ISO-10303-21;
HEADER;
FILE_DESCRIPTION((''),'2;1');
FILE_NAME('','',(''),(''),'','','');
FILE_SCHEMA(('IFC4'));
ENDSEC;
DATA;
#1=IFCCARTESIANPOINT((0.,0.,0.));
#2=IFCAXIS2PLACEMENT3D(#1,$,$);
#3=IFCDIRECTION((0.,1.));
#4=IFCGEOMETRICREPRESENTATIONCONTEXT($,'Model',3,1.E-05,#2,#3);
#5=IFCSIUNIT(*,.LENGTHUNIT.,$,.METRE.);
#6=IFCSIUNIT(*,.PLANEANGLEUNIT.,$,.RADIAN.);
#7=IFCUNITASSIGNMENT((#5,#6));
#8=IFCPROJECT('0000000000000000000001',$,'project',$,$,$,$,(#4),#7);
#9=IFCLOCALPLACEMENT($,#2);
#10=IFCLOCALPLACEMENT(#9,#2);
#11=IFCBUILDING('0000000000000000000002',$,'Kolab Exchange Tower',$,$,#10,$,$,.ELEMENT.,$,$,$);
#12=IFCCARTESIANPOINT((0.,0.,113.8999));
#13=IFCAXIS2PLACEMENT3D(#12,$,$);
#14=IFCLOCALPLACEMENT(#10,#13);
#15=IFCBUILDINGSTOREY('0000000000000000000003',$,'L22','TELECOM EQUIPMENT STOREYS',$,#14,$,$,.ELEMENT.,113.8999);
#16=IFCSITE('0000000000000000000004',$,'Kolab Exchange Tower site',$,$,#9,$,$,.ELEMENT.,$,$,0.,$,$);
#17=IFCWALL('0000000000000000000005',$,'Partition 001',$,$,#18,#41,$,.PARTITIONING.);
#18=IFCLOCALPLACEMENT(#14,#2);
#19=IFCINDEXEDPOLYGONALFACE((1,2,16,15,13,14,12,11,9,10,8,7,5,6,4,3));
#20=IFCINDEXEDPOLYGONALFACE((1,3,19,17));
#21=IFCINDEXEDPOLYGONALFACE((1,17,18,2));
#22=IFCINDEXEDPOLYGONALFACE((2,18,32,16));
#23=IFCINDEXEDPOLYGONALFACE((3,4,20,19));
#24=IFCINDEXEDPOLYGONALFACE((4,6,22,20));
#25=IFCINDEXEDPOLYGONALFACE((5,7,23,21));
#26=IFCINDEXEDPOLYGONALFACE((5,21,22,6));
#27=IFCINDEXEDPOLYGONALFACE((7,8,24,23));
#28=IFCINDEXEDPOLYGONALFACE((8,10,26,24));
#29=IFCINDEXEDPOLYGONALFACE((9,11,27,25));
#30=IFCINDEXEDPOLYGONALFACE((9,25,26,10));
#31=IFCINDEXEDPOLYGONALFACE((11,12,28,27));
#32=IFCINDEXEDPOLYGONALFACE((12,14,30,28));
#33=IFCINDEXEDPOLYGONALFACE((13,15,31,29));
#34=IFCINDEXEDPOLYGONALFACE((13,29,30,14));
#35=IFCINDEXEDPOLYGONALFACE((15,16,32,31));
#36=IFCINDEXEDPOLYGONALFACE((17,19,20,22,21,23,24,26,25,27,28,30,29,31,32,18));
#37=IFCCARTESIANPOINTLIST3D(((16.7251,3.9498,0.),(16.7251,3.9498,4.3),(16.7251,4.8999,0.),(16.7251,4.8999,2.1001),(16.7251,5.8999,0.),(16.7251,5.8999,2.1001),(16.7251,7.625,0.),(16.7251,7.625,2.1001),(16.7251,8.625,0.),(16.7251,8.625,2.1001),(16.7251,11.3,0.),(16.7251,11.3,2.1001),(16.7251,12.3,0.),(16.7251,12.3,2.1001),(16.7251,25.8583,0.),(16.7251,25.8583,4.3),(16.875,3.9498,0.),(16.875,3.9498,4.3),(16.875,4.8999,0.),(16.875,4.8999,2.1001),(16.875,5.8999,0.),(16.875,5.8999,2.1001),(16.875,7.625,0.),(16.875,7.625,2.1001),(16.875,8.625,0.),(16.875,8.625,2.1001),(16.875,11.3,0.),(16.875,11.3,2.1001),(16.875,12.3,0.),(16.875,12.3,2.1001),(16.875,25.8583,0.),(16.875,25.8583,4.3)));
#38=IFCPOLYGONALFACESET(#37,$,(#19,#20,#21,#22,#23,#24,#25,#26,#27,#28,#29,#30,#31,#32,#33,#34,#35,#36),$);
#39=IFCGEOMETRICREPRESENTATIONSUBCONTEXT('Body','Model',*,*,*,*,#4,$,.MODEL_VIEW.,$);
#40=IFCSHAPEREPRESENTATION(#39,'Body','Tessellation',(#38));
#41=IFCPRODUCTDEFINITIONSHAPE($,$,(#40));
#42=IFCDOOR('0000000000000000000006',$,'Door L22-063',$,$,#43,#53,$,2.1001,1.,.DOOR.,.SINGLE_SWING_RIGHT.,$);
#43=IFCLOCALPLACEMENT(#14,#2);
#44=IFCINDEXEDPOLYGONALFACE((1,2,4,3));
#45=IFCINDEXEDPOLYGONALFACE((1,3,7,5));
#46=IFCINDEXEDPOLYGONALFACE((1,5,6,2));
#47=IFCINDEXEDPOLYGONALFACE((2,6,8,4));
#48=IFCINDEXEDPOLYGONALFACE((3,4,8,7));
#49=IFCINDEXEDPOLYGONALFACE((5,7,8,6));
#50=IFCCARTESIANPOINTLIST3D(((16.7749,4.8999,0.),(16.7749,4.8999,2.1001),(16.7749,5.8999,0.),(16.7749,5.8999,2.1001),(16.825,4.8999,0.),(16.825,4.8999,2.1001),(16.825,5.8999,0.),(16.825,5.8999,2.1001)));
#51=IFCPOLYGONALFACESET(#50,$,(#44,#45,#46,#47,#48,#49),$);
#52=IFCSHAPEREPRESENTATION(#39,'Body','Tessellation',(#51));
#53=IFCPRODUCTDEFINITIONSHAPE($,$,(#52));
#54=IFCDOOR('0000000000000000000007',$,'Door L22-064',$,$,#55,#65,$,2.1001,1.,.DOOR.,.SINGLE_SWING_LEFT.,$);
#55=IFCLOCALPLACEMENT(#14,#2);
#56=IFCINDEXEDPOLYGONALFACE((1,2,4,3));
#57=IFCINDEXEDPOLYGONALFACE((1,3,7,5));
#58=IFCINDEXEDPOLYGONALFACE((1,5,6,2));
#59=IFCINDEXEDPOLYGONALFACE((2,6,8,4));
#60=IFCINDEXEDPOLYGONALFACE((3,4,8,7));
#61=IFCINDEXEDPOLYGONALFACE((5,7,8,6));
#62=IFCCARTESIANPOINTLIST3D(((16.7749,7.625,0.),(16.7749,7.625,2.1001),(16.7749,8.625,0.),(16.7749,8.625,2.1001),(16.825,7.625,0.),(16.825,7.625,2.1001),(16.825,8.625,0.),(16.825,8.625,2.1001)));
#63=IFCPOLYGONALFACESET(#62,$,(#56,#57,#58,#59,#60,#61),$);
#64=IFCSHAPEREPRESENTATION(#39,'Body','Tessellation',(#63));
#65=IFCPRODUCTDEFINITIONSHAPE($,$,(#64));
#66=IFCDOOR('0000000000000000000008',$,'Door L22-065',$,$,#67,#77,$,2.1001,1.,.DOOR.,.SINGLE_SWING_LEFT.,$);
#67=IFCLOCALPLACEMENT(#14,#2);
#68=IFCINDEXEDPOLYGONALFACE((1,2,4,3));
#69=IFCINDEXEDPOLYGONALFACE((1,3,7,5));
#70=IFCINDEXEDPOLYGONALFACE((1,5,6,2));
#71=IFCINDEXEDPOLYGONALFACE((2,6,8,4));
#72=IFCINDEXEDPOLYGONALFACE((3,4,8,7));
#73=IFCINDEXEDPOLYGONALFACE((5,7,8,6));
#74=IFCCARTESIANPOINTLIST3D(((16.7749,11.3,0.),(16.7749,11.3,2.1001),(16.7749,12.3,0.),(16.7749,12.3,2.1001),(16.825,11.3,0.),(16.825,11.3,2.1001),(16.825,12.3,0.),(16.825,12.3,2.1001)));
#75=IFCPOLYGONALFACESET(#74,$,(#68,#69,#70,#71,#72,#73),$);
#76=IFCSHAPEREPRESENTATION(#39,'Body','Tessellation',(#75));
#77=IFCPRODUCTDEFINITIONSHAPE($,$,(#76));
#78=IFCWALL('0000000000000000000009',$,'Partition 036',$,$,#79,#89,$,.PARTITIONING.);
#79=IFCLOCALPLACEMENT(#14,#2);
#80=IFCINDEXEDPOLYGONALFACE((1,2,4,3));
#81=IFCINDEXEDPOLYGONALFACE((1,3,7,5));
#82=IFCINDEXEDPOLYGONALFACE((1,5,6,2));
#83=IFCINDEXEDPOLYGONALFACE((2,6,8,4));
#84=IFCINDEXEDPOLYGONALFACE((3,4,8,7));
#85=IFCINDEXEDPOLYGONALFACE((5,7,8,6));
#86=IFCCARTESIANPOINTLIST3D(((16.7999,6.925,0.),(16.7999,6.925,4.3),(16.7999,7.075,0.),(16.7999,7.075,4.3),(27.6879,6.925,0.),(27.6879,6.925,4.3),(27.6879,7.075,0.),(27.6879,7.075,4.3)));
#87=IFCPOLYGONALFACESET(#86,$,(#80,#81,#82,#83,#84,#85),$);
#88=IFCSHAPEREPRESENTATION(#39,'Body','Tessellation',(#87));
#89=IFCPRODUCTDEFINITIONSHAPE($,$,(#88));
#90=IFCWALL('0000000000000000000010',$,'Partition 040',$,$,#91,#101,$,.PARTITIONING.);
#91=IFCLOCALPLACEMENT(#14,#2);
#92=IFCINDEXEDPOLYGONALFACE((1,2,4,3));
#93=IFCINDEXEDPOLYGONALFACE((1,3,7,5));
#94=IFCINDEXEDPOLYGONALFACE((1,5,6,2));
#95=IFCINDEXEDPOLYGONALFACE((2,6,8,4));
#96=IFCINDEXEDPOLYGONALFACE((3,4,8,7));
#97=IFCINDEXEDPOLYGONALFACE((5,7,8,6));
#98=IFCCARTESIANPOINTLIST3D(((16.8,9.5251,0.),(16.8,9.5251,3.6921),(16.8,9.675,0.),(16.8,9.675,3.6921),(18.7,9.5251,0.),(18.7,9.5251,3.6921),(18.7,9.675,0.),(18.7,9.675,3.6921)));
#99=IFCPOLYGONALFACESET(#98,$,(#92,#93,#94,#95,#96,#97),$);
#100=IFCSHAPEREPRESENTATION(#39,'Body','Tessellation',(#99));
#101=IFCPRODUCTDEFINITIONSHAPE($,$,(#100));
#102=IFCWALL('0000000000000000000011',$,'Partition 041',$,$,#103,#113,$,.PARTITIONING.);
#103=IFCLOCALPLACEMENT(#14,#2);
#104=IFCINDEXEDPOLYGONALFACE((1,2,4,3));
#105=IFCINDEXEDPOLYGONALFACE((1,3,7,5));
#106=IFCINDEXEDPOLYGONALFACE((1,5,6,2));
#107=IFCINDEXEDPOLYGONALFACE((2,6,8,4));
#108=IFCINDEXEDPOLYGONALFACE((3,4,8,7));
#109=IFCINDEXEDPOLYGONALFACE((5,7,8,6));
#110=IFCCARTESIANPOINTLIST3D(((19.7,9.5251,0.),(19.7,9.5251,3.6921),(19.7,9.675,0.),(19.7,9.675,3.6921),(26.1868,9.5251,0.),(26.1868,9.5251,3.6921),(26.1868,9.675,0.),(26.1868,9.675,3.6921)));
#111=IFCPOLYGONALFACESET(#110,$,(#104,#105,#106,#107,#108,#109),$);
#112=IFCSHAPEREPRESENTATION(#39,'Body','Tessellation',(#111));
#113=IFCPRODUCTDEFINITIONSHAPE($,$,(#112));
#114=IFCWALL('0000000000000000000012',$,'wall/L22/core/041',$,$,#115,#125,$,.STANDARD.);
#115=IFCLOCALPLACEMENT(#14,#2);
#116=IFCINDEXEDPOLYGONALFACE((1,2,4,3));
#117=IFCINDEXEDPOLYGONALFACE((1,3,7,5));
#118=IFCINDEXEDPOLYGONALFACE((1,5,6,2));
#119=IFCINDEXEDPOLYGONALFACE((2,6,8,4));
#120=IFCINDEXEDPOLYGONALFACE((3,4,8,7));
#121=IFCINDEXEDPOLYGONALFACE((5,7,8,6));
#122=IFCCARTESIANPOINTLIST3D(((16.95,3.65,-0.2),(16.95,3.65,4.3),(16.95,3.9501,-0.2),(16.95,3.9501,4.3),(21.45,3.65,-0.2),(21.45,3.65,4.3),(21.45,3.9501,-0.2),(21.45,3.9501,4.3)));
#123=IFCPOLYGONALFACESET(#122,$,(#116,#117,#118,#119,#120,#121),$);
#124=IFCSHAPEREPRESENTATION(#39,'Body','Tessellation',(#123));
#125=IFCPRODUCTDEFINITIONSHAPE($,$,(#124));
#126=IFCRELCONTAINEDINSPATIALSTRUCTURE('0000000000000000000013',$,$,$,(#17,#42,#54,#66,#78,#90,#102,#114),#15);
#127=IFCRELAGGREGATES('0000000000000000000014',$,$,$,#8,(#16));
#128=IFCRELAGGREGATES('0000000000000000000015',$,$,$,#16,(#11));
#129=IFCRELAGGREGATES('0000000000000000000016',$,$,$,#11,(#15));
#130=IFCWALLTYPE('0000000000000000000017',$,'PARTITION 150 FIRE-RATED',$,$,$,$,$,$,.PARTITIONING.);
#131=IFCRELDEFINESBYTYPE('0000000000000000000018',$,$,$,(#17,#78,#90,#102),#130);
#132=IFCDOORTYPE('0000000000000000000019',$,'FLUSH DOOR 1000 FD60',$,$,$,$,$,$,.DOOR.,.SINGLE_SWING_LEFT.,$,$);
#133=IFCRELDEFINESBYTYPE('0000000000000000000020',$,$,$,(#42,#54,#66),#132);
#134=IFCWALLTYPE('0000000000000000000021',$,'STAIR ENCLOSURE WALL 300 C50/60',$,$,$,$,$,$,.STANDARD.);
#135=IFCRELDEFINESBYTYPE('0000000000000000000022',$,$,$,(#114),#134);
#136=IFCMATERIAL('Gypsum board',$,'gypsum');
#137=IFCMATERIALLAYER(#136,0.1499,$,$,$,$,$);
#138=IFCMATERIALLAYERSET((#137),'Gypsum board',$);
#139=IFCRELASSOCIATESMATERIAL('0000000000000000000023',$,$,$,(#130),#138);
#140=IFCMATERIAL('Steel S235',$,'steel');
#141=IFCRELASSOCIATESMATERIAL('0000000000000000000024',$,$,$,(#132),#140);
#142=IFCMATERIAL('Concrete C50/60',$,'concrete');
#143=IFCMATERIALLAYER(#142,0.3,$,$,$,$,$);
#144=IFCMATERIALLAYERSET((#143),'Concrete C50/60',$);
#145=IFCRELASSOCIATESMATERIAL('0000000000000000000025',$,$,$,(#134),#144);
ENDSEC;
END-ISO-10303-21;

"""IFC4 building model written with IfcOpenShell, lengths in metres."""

from ifc_helpers import new_model, si_unit, direction, frame, frame_2d, origin, place, context, subcontext, project, spatial, rectangle, extrude, material, layer, layer_set, type_object, element, fill, save


model = new_model("IFC4")

# Units and contexts
model_context = context("Model", 3, precision=1e-05, world=origin(), true_north=direction((0.0, 1.0)))
body_context = subcontext(model_context, "Body", "Model", "MODEL_VIEW")
ifc_project = project(units=[si_unit("LENGTHUNIT", "METRE"), si_unit("PLANEANGLEUNIT", "RADIAN")], contexts=[model_context])

# Site, building, storey
site_placement = place(None, origin())
site = spatial("IfcSite", under=ifc_project, at=site_placement, Name="Kolab Exchange Tower site", CompositionType="ELEMENT", RefElevation=0.0)
building_placement = place(site_placement, origin())
building = spatial("IfcBuilding", under=site, at=building_placement, Name="Kolab Exchange Tower", CompositionType="ELEMENT")
storey_placement = place(building_placement, frame((0.0, 0.0, 113.8999)))
storey = spatial("IfcBuildingStorey", under=building, at=storey_placement, Name="L22", Description="TELECOM EQUIPMENT STOREYS", CompositionType="ELEMENT", Elevation=113.8999)

# Wall, openings, doors
ifc_material_1 = material(Name="Gypsum board", Category="gypsum")
ifc_layer_1 = layer(ifc_material_1, 0.1499)
ifc_layer_set_1 = layer_set([ifc_layer_1], Name="Gypsum board")
wall_type_1 = type_object("IfcWallType", Name="PARTITION 150 FIRE-RATED", PredefinedType="PARTITIONING", material=ifc_layer_set_1)
wall_1_placement = place(storey_placement, frame((16.8, 3.95, 0.0), z_axis=(0.0, 0.0, 1.0), x_axis=(0.0, 1.0, 0.0)))
wall_1 = element("IfcWall", 1, at=wall_1_placement, inside=storey, type_object=wall_type_1, Name="Partition 001", PredefinedType="PARTITIONING", context=body_context, shape_type="SweptSolid", body=[
    extrude(rectangle(XDim=21.9084, YDim=0.1499, at=frame_2d((10.9541, 0.0))), origin(), (0.0, 0.0, 1.0), 4.3),
])
opening_1_placement = place(wall_1_placement, frame((0.95, 0.0, 0.0)))
opening_1 = element("IfcOpeningElement", 2, at=opening_1_placement, cuts=wall_1, PredefinedType="OPENING", context=body_context, shape_type="SweptSolid", body=[
    extrude(rectangle(XDim=1.0, YDim=2.1001, at=frame_2d((0.5, 1.05))), frame((0.0, 0.085, 0.0), z_axis=(0.0, -1.0, 0.0), x_axis=(1.0, 0.0, 0.0)), (0.0, 0.0, 1.0), 0.1699),
])
opening_2_placement = place(wall_1_placement, frame((3.675, 0.0, 0.0)))
opening_2 = element("IfcOpeningElement", 3, at=opening_2_placement, cuts=wall_1, PredefinedType="OPENING", context=body_context, shape_type="SweptSolid", body=[
    extrude(rectangle(XDim=1.0, YDim=2.1001, at=frame_2d((0.5, 1.05))), frame((0.0, 0.085, 0.0), z_axis=(0.0, -1.0, 0.0), x_axis=(1.0, 0.0, 0.0)), (0.0, 0.0, 1.0), 0.1699),
])
opening_3_placement = place(wall_1_placement, frame((7.3501, 0.0, 0.0)))
opening_3 = element("IfcOpeningElement", 4, at=opening_3_placement, cuts=wall_1, PredefinedType="OPENING", context=body_context, shape_type="SweptSolid", body=[
    extrude(rectangle(XDim=1.0, YDim=2.1001, at=frame_2d((0.5, 1.05))), frame((0.0, 0.085, 0.0), z_axis=(0.0, -1.0, 0.0), x_axis=(1.0, 0.0, 0.0)), (0.0, 0.0, 1.0), 0.1699),
])
ifc_material_2 = material(Name="Steel S235", Category="steel")
door_type = type_object("IfcDoorType", Name="FLUSH DOOR 1000 FD60", OperationType="SINGLE_SWING_LEFT", PredefinedType="DOOR", material=ifc_material_2)
door_1_placement = place(opening_1_placement, frame((1.0, 0.0, 0.0), z_axis=(0.0, 0.0, 1.0), x_axis=(-1.0, 0.0, 0.0)))
door_1 = element("IfcDoor", 5, at=door_1_placement, inside=storey, type_object=door_type, Name="Door L22-063", OperationType="SINGLE_SWING_RIGHT", OverallHeight=2.1001, OverallWidth=1.0, PredefinedType="DOOR", context=body_context, shape_type="SweptSolid", body=[
    extrude(rectangle(XDim=1.0, YDim=2.1001, at=frame_2d((0.5, 1.05))), frame((0.0, 0.0249, 0.0), z_axis=(0.0, -1.0, 0.0), x_axis=(1.0, 0.0, 0.0)), (0.0, 0.0, 1.0), 0.05),
])
fill(opening_1, door_1)
door_2_placement = place(opening_2_placement, frame((1.0, 0.0, 0.0), z_axis=(0.0, 0.0, 1.0), x_axis=(-1.0, 0.0, 0.0)))
door_2 = element("IfcDoor", 6, at=door_2_placement, inside=storey, type_object=door_type, Name="Door L22-064", OperationType="SINGLE_SWING_LEFT", OverallHeight=2.1001, OverallWidth=1.0, PredefinedType="DOOR", context=body_context, shape_type="SweptSolid", body=[
    extrude(rectangle(XDim=1.0, YDim=2.1001, at=frame_2d((0.5, 1.05))), frame((0.0, 0.0249, 0.0), z_axis=(0.0, -1.0, 0.0), x_axis=(1.0, 0.0, 0.0)), (0.0, 0.0, 1.0), 0.05),
])
fill(opening_2, door_2)
door_3_placement = place(opening_3_placement, frame((1.0, 0.0, 0.0), z_axis=(0.0, 0.0, 1.0), x_axis=(-1.0, 0.0, 0.0)))
door_3 = element("IfcDoor", 7, at=door_3_placement, inside=storey, type_object=door_type, Name="Door L22-065", OperationType="SINGLE_SWING_LEFT", OverallHeight=2.1001, OverallWidth=1.0, PredefinedType="DOOR", context=body_context, shape_type="SweptSolid", body=[
    extrude(rectangle(XDim=1.0, YDim=2.1001, at=frame_2d((0.5, 1.05))), frame((0.0, 0.0249, 0.0), z_axis=(0.0, -1.0, 0.0), x_axis=(1.0, 0.0, 0.0)), (0.0, 0.0, 1.0), 0.05),
])
fill(opening_3, door_3)

# Walls
wall_2_placement = place(storey_placement, frame((16.8, 7.0, 0.0), z_axis=(0.0, 0.0, 1.0), x_axis=(1.0, 0.0, 0.0)))
element("IfcWall", 8, at=wall_2_placement, inside=storey, type_object=wall_type_1, Name="Partition 036", PredefinedType="PARTITIONING", context=body_context, shape_type="SweptSolid", body=[
    extrude(rectangle(XDim=10.8879, YDim=0.1499, at=frame_2d((5.4438, 0.0))), origin(), (0.0, 0.0, 1.0), 4.3),
])
wall_3_placement = place(storey_placement, frame((16.8, 9.6001, 0.0), z_axis=(0.0, 0.0, 1.0), x_axis=(1.0, 0.0, 0.0)))
element("IfcWall", 9, at=wall_3_placement, inside=storey, type_object=wall_type_1, Name="Partition 040", PredefinedType="PARTITIONING", context=body_context, shape_type="SweptSolid", body=[
    extrude(rectangle(XDim=1.8999, YDim=0.1499, at=frame_2d((0.95, 0.0))), origin(), (0.0, 0.0, 1.0), 3.6921),
])
wall_4_placement = place(storey_placement, frame((19.7, 9.6001, 0.0), z_axis=(0.0, 0.0, 1.0), x_axis=(1.0, 0.0, 0.0)))
element("IfcWall", 10, at=wall_4_placement, inside=storey, type_object=wall_type_1, Name="Partition 041", PredefinedType="PARTITIONING", context=body_context, shape_type="SweptSolid", body=[
    extrude(rectangle(XDim=6.4868, YDim=0.1499, at=frame_2d((3.2434, 0.0))), origin(), (0.0, 0.0, 1.0), 3.6921),
])
ifc_material_3 = material(Name="Concrete C50/60", Category="concrete")
ifc_layer_2 = layer(ifc_material_3, 0.3)
ifc_layer_set_2 = layer_set([ifc_layer_2], Name="Concrete C50/60")
wall_type_2 = type_object("IfcWallType", Name="STAIR ENCLOSURE WALL 300 C50/60", PredefinedType="STANDARD", material=ifc_layer_set_2)
wall_5_placement = place(storey_placement, frame((16.95, 3.8, -0.2), z_axis=(0.0, 0.0, 1.0), x_axis=(1.0, 0.0, 0.0)))
element("IfcWall", 11, at=wall_5_placement, inside=storey, type_object=wall_type_2, Name="wall/L22/core/041", PredefinedType="STANDARD", context=body_context, shape_type="SweptSolid", body=[
    extrude(rectangle(XDim=4.5, YDim=0.3, at=frame_2d((2.25, 0.0))), origin(), (0.0, 0.0, 1.0), 4.5),
])

save(model, "model.ifc")
